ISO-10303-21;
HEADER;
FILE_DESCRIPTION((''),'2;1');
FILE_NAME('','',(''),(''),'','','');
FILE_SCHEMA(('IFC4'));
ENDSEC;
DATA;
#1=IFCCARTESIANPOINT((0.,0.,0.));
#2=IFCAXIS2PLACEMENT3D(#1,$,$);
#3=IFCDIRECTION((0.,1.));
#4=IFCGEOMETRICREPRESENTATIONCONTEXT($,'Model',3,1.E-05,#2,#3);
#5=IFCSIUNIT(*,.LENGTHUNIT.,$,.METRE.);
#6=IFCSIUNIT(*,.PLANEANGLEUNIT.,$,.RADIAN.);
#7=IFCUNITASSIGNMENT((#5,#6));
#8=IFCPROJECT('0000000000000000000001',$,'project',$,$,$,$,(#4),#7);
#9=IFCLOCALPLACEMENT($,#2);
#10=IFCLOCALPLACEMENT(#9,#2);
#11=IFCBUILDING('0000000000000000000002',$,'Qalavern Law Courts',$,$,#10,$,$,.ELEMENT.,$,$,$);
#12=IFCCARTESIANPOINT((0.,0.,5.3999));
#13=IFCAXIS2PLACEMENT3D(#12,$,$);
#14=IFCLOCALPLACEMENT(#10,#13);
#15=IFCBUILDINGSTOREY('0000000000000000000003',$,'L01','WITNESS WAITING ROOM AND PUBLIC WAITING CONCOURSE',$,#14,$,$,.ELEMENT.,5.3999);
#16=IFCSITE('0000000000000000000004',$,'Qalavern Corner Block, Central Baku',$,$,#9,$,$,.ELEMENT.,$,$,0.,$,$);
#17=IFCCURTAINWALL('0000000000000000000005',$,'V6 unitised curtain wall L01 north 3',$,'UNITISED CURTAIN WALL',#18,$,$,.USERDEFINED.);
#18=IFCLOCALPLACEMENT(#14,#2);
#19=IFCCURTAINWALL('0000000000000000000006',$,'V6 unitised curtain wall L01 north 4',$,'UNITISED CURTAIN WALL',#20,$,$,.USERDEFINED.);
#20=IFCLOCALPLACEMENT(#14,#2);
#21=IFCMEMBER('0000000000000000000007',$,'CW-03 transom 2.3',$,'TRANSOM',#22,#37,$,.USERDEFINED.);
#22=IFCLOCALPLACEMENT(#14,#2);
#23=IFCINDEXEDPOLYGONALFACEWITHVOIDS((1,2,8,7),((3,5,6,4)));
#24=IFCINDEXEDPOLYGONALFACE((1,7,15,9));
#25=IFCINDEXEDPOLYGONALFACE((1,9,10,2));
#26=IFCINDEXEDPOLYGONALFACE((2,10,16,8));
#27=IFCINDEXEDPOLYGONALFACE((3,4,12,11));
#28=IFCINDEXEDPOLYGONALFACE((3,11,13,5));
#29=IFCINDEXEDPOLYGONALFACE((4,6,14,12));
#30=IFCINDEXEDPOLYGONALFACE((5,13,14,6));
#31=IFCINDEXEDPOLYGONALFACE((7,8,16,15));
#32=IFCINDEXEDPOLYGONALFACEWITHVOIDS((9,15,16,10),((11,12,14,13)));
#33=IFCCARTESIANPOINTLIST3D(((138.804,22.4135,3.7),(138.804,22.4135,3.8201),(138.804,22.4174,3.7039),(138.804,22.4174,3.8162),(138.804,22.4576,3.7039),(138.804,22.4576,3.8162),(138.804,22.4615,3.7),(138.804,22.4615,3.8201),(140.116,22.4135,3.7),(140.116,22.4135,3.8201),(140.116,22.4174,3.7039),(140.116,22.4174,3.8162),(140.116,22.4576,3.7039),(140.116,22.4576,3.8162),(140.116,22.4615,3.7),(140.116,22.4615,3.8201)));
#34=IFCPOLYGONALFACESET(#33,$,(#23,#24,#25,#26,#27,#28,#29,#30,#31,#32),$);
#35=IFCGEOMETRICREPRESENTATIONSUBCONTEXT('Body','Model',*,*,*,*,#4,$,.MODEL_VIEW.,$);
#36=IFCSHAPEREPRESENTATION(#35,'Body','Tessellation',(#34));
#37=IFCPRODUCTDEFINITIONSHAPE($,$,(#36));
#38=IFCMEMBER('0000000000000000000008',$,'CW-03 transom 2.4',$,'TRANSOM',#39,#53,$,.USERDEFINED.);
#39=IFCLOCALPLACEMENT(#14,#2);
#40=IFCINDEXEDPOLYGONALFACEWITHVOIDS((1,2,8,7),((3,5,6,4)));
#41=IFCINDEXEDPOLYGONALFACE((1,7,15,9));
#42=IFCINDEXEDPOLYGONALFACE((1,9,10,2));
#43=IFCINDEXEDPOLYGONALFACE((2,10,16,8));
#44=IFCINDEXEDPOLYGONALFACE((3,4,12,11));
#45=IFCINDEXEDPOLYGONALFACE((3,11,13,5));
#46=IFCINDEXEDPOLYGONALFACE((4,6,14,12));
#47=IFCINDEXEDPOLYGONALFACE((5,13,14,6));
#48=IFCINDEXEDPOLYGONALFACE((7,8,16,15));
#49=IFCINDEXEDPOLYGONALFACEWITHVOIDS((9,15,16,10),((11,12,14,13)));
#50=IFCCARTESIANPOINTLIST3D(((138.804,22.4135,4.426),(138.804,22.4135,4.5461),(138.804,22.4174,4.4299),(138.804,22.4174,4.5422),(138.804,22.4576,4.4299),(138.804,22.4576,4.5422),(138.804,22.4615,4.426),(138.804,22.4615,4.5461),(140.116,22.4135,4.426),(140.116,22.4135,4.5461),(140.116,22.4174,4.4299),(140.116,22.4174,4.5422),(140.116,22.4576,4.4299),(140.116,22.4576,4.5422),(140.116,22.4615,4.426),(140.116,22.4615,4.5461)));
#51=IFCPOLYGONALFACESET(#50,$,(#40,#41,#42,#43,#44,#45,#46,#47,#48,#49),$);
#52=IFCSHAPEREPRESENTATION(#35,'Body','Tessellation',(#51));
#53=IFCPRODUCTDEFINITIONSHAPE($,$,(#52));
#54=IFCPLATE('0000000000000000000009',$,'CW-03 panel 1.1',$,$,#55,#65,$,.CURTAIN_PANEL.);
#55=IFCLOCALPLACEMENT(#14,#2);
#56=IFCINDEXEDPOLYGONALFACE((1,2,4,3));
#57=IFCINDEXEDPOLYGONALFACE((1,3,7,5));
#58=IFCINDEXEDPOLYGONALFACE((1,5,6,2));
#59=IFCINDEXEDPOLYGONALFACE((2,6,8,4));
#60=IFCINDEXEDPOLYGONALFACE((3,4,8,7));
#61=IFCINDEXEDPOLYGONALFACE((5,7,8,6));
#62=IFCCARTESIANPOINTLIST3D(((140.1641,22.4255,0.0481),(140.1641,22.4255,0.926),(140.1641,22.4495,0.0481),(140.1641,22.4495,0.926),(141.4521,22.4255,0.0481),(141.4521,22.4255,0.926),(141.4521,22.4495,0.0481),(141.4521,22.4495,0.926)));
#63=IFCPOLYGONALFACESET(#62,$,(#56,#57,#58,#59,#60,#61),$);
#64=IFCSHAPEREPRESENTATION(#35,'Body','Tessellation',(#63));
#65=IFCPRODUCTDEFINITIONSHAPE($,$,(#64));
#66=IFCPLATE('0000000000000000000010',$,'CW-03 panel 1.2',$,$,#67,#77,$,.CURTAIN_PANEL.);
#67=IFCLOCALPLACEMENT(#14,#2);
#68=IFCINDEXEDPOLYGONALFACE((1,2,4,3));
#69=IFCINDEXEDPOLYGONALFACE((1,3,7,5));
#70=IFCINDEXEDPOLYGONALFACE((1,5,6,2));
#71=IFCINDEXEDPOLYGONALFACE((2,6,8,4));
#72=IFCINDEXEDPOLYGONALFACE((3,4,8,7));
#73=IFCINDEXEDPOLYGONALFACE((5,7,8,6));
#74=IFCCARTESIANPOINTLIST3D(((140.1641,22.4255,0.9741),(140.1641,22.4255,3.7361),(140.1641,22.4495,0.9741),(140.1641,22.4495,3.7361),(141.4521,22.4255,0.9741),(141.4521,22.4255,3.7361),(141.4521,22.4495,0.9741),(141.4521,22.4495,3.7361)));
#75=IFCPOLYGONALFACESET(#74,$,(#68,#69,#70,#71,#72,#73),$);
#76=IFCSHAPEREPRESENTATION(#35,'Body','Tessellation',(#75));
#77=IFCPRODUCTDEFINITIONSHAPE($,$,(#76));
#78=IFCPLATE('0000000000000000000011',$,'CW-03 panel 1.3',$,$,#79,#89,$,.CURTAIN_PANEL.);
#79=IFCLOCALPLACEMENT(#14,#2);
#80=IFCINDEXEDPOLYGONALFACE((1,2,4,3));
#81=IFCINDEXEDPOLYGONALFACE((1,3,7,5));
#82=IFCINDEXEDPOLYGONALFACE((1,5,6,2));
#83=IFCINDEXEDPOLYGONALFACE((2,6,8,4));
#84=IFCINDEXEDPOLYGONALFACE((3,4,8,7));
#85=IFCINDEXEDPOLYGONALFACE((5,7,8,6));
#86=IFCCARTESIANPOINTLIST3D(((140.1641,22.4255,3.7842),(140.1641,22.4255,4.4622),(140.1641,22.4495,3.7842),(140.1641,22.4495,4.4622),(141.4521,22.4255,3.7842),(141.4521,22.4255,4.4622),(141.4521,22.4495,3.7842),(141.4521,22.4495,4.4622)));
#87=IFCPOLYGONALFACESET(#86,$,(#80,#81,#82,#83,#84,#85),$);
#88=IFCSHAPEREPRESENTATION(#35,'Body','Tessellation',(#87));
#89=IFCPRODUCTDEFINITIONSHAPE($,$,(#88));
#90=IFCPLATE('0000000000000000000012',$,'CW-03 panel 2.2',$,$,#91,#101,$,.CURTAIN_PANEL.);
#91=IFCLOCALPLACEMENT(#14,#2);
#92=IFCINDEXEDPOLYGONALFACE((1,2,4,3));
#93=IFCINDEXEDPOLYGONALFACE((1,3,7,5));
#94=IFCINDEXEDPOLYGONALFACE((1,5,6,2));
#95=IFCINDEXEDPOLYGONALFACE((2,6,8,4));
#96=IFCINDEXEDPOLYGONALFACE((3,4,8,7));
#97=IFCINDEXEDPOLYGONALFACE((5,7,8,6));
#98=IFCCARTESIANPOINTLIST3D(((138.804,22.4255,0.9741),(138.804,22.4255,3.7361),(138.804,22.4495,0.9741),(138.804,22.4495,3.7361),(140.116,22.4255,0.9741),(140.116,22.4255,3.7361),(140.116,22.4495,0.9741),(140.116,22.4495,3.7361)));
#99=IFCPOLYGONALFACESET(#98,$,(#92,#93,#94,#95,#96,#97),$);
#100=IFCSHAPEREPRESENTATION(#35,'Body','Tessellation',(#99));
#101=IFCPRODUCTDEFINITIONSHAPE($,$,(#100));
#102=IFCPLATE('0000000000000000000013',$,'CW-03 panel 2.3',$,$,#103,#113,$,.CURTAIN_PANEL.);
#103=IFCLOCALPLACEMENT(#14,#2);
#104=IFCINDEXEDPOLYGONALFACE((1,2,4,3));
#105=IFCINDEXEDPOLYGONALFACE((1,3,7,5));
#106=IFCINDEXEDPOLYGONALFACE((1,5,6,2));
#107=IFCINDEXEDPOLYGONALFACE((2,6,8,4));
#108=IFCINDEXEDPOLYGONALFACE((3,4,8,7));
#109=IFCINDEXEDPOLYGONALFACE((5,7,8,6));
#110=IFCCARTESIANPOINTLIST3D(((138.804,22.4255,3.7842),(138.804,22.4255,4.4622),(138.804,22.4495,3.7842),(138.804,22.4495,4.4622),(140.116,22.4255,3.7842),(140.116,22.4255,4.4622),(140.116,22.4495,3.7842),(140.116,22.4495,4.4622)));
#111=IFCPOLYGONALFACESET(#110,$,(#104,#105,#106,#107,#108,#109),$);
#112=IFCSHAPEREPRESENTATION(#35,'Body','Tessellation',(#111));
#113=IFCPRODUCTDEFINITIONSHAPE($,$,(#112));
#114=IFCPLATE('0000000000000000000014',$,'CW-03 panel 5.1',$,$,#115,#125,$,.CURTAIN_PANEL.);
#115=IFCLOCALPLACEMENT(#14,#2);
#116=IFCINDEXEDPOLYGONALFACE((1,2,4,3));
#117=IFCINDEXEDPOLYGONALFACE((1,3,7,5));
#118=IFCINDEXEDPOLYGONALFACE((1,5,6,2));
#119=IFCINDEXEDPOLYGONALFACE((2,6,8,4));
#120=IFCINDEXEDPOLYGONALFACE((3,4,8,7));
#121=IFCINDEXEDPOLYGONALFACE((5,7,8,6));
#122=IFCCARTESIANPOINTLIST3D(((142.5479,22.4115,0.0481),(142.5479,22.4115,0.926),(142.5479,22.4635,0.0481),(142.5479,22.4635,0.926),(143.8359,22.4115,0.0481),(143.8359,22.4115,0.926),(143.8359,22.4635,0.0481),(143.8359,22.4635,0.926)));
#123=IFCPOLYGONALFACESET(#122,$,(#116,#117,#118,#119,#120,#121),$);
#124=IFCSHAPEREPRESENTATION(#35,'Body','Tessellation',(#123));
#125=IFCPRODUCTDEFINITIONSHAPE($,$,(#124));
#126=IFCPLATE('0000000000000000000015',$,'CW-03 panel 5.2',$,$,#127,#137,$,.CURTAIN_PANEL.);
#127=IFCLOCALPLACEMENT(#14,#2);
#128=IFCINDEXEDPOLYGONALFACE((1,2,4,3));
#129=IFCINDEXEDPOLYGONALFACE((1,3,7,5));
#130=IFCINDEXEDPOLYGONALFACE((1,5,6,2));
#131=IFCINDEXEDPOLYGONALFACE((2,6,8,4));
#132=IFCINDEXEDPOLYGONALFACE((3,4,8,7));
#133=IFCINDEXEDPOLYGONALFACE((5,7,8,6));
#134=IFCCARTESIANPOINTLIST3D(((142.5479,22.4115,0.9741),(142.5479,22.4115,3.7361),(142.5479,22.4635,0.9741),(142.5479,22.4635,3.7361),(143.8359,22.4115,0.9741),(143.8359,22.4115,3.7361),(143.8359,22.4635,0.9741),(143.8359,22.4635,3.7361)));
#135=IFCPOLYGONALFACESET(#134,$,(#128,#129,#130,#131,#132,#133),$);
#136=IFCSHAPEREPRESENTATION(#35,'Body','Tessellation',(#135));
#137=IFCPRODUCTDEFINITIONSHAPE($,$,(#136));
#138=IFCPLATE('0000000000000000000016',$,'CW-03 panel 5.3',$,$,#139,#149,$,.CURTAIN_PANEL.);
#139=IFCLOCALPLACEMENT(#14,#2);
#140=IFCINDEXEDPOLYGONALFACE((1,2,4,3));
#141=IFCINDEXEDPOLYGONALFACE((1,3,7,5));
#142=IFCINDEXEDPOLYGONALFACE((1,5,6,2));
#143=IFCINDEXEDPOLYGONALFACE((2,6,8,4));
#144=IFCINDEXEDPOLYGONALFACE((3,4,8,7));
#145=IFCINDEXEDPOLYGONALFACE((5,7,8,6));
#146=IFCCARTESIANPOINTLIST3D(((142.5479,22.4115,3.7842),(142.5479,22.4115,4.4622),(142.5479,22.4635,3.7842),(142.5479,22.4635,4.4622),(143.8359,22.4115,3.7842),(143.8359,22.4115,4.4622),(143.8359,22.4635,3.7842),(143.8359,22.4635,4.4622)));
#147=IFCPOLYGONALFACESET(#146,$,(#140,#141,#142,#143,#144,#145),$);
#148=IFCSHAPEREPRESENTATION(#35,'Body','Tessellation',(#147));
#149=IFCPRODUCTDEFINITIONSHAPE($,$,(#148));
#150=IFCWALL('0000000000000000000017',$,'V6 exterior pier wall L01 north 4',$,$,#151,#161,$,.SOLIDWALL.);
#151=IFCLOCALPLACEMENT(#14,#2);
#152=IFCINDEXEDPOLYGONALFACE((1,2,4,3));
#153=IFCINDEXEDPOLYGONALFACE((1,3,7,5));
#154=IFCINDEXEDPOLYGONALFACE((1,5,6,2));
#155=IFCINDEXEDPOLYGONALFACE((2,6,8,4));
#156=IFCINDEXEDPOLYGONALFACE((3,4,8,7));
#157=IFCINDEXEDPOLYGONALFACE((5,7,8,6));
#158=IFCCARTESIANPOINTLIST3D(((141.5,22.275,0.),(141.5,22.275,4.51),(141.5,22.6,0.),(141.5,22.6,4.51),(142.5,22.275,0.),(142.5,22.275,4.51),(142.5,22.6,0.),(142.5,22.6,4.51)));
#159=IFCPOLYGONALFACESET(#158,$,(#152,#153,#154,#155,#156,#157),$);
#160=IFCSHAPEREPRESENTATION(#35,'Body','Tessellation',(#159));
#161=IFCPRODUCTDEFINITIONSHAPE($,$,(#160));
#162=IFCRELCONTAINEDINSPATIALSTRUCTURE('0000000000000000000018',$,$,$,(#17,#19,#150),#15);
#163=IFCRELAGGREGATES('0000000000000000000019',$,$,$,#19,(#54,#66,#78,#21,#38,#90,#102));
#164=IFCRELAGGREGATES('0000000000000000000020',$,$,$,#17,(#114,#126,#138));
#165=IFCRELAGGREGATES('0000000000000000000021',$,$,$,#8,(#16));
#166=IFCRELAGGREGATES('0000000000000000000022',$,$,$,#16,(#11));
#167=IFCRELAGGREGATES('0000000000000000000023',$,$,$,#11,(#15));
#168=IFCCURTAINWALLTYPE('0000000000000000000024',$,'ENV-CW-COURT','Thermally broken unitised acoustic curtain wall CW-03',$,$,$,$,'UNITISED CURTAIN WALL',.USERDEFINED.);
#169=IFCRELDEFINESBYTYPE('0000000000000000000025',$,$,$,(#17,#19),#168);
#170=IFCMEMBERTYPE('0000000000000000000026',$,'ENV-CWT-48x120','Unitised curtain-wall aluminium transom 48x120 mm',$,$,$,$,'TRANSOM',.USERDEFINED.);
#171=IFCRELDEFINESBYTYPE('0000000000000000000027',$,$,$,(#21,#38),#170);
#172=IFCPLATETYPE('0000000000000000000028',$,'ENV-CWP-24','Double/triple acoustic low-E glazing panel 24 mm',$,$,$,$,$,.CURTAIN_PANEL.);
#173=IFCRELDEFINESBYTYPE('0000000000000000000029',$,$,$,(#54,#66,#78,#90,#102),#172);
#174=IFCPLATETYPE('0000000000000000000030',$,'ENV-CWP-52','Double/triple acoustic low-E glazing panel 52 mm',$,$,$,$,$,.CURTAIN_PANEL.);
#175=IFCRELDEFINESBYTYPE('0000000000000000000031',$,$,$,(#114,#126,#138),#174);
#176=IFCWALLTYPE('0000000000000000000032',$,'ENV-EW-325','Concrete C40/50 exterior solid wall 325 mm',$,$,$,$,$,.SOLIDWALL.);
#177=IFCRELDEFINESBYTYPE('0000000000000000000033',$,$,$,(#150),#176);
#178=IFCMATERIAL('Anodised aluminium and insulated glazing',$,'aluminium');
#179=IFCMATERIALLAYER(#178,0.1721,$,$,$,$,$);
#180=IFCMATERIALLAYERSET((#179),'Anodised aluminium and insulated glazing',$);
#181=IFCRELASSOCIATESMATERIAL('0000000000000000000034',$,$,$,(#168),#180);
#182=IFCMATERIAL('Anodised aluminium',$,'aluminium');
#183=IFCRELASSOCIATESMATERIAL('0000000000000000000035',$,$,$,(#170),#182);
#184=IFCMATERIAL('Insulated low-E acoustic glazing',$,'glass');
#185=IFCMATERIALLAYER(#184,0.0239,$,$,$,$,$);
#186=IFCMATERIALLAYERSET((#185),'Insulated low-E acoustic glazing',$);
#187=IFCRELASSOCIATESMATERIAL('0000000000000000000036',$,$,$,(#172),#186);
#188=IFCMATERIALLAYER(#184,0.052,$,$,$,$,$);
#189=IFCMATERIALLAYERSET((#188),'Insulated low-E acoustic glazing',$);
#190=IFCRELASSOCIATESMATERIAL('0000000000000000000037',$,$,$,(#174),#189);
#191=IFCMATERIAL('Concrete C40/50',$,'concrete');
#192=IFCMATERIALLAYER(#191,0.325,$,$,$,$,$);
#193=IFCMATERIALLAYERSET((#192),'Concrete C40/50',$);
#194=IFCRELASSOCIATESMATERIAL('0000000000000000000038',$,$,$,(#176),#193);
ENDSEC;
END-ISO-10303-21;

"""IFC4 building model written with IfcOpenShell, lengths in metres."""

from ifc_helpers import new_model, si_unit, direction, frame, frame_2d, origin, origin_2d, place, context, subcontext, project, spatial, rectangle, hollow_rectangle, extrude, material, layer, layer_set, material_profile, profile_set, type_object, element, aggregate, save


model = new_model("IFC4")

# Units and contexts
model_context = context("Model", 3, precision=1e-05, world=origin(), true_north=direction((0.0, 1.0)))
body_context = subcontext(model_context, "Body", "Model", "MODEL_VIEW")
ifc_project = project(units=[si_unit("LENGTHUNIT", "METRE"), si_unit("PLANEANGLEUNIT", "RADIAN")], contexts=[model_context])

# Site, building, storey
site_placement = place(None, origin())
site = spatial("IfcSite", under=ifc_project, at=site_placement, Name="Qalavern Corner Block, Central Baku", CompositionType="ELEMENT", RefElevation=0.0)
building_placement = place(site_placement, origin())
building = spatial("IfcBuilding", under=site, at=building_placement, Name="Qalavern Law Courts", CompositionType="ELEMENT")
storey_placement = place(building_placement, frame((0.0, 0.0, 5.3999)))
storey = spatial("IfcBuildingStorey", under=building, at=storey_placement, Name="L01", Description="WITNESS WAITING ROOM AND PUBLIC WAITING CONCOURSE", CompositionType="ELEMENT", Elevation=5.3999)

# Curtain wall
ifc_material_1 = material(Name="Anodised aluminium and insulated glazing", Category="aluminium")
ifc_layer_1 = layer(ifc_material_1, 0.1721)
ifc_layer_set_1 = layer_set([ifc_layer_1], Name="Anodised aluminium and insulated glazing")
curtain_wall_type = type_object("IfcCurtainWallType", Name="ENV-CW-COURT", Description="Thermally broken unitised acoustic curtain wall CW-03", ElementType="UNITISED CURTAIN WALL", PredefinedType="USERDEFINED", material=ifc_layer_set_1)
curtain_wall_1_placement = place(storey_placement, origin())
curtain_wall_1 = element("IfcCurtainWall", 1, at=curtain_wall_1_placement, inside=storey, type_object=curtain_wall_type, Name="V6 unitised curtain wall L01 north 3", ObjectType="UNITISED CURTAIN WALL", PredefinedType="USERDEFINED")
ifc_material_2 = material(Name="Anodised aluminium", Category="aluminium")

# Curtain wall
curtain_wall_2_placement = place(storey_placement, origin())
curtain_wall_2 = element("IfcCurtainWall", 2, at=curtain_wall_2_placement, inside=storey, type_object=curtain_wall_type, Name="V6 unitised curtain wall L01 north 4", ObjectType="UNITISED CURTAIN WALL", PredefinedType="USERDEFINED")

# Members
ifc_material_profile_1 = material_profile(ifc_material_2, hollow_rectangle(XDim=0.0481, YDim=0.1201, WallThickness=0.0039, at=origin_2d()), Name="ALU TRANSOM 48x120")
ifc_profile_set_1 = profile_set([ifc_material_profile_1], Name="Anodised aluminium")
member_type_1 = type_object("IfcMemberType", Name="ENV-CWT-48x120", Description="Unitised curtain-wall aluminium transom 48x120 mm", ElementType="TRANSOM", PredefinedType="USERDEFINED", material=ifc_profile_set_1)
member_1_placement = place(storey_placement, frame((140.116, 22.4375, 3.76), z_axis=(-1.0, 0.0, 0.0), x_axis=(0.0, -1.0, 0.0)))
member_1 = element("IfcMember", 3, at=member_1_placement, type_object=member_type_1, Name="CW-03 transom 2.3", ObjectType="TRANSOM", PredefinedType="USERDEFINED", context=body_context, shape_type="SweptSolid", body=[
    extrude(hollow_rectangle(XDim=0.0481, YDim=0.1201, WallThickness=0.0039, at=origin_2d()), origin(), (0.0, 0.0, 1.0), 1.312),
])
member_2_placement = place(storey_placement, frame((140.116, 22.4375, 4.4861), z_axis=(-1.0, 0.0, 0.0), x_axis=(0.0, -1.0, 0.0)))
member_2 = element("IfcMember", 4, at=member_2_placement, type_object=member_type_1, Name="CW-03 transom 2.4", ObjectType="TRANSOM", PredefinedType="USERDEFINED", context=body_context, shape_type="SweptSolid", body=[
    extrude(hollow_rectangle(XDim=0.0481, YDim=0.1201, WallThickness=0.0039, at=origin_2d()), origin(), (0.0, 0.0, 1.0), 1.312),
])

# Plates
ifc_material_3 = material(Name="Insulated low-E acoustic glazing", Category="glass")
ifc_layer_2 = layer(ifc_material_3, 0.0239)
ifc_layer_set_2 = layer_set([ifc_layer_2], Name="Insulated low-E acoustic glazing")
plate_type_1 = type_object("IfcPlateType", Name="ENV-CWP-24", Description="Double/triple acoustic low-E glazing panel 24 mm", PredefinedType="CURTAIN_PANEL", material=ifc_layer_set_2)
plate_1_placement = place(storey_placement, frame((140.8081, 22.4375, 0.0481), z_axis=(0.0, 0.0, 1.0), x_axis=(-1.0, 0.0, 0.0)))
plate_1 = element("IfcPlate", 5, at=plate_1_placement, type_object=plate_type_1, Name="CW-03 panel 1.1", PredefinedType="CURTAIN_PANEL", context=body_context, shape_type="SweptSolid", body=[
    extrude(rectangle(XDim=1.2881, YDim=0.0239, at=origin_2d()), origin(), (0.0, 0.0, 1.0), 0.8779),
])
plate_2_placement = place(storey_placement, frame((140.8081, 22.4375, 0.9741), z_axis=(0.0, 0.0, 1.0), x_axis=(-1.0, 0.0, 0.0)))
plate_2 = element("IfcPlate", 6, at=plate_2_placement, type_object=plate_type_1, Name="CW-03 panel 1.2", PredefinedType="CURTAIN_PANEL", context=body_context, shape_type="SweptSolid", body=[
    extrude(rectangle(XDim=1.2881, YDim=0.0239, at=origin_2d()), origin(), (0.0, 0.0, 1.0), 2.762),
])
plate_3_placement = place(storey_placement, frame((140.8081, 22.4375, 3.7842), z_axis=(0.0, 0.0, 1.0), x_axis=(-1.0, 0.0, 0.0)))
plate_3 = element("IfcPlate", 7, at=plate_3_placement, type_object=plate_type_1, Name="CW-03 panel 1.3", PredefinedType="CURTAIN_PANEL", context=body_context, shape_type="SweptSolid", body=[
    extrude(rectangle(XDim=1.2881, YDim=0.0239, at=origin_2d()), origin(), (0.0, 0.0, 1.0), 0.678),
])
plate_4_placement = place(storey_placement, frame((139.46, 22.4375, 0.9741), z_axis=(0.0, 0.0, 1.0), x_axis=(-1.0, 0.0, 0.0)))
plate_4 = element("IfcPlate", 8, at=plate_4_placement, type_object=plate_type_1, Name="CW-03 panel 2.2", PredefinedType="CURTAIN_PANEL", context=body_context, shape_type="SweptSolid", body=[
    extrude(rectangle(XDim=1.312, YDim=0.0239, at=origin_2d()), origin(), (0.0, 0.0, 1.0), 2.762),
])
plate_5_placement = place(storey_placement, frame((139.46, 22.4375, 3.7842), z_axis=(0.0, 0.0, 1.0), x_axis=(-1.0, 0.0, 0.0)))
plate_5 = element("IfcPlate", 9, at=plate_5_placement, type_object=plate_type_1, Name="CW-03 panel 2.3", PredefinedType="CURTAIN_PANEL", context=body_context, shape_type="SweptSolid", body=[
    extrude(rectangle(XDim=1.312, YDim=0.0239, at=origin_2d()), origin(), (0.0, 0.0, 1.0), 0.678),
])
aggregate(curtain_wall_2, [plate_1, plate_2, plate_3, member_1, member_2, plate_4, plate_5])
ifc_layer_3 = layer(ifc_material_3, 0.052)
ifc_layer_set_3 = layer_set([ifc_layer_3], Name="Insulated low-E acoustic glazing")
plate_type_2 = type_object("IfcPlateType", Name="ENV-CWP-52", Description="Double/triple acoustic low-E glazing panel 52 mm", PredefinedType="CURTAIN_PANEL", material=ifc_layer_set_3)
plate_6_placement = place(storey_placement, frame((143.1919, 22.4375, 0.0481), z_axis=(0.0, 0.0, 1.0), x_axis=(-1.0, 0.0, 0.0)))
plate_6 = element("IfcPlate", 10, at=plate_6_placement, type_object=plate_type_2, Name="CW-03 panel 5.1", PredefinedType="CURTAIN_PANEL", context=body_context, shape_type="SweptSolid", body=[
    extrude(rectangle(XDim=1.2881, YDim=0.052, at=origin_2d()), origin(), (0.0, 0.0, 1.0), 0.8779),
])
plate_7_placement = place(storey_placement, frame((143.1919, 22.4375, 0.9741), z_axis=(0.0, 0.0, 1.0), x_axis=(-1.0, 0.0, 0.0)))
plate_7 = element("IfcPlate", 11, at=plate_7_placement, type_object=plate_type_2, Name="CW-03 panel 5.2", PredefinedType="CURTAIN_PANEL", context=body_context, shape_type="SweptSolid", body=[
    extrude(rectangle(XDim=1.2881, YDim=0.052, at=origin_2d()), origin(), (0.0, 0.0, 1.0), 2.762),
])
plate_8_placement = place(storey_placement, frame((143.1919, 22.4375, 3.7842), z_axis=(0.0, 0.0, 1.0), x_axis=(-1.0, 0.0, 0.0)))
plate_8 = element("IfcPlate", 12, at=plate_8_placement, type_object=plate_type_2, Name="CW-03 panel 5.3", PredefinedType="CURTAIN_PANEL", context=body_context, shape_type="SweptSolid", body=[
    extrude(rectangle(XDim=1.2881, YDim=0.052, at=origin_2d()), origin(), (0.0, 0.0, 1.0), 0.678),
])
aggregate(curtain_wall_1, [plate_6, plate_7, plate_8])

# Wall
ifc_material_4 = material(Name="Concrete C40/50", Category="concrete")
ifc_layer_4 = layer(ifc_material_4, 0.325)
ifc_layer_set_4 = layer_set([ifc_layer_4], Name="Concrete C40/50")
wall_type = type_object("IfcWallType", Name="ENV-EW-325", Description="Concrete C40/50 exterior solid wall 325 mm", PredefinedType="SOLIDWALL", material=ifc_layer_set_4)
wall_placement = place(storey_placement, frame((142.5, 22.4375, 0.0), z_axis=(0.0, 0.0, 1.0), x_axis=(-1.0, 0.0, 0.0)))
element("IfcWall", 13, at=wall_placement, inside=storey, type_object=wall_type, Name="V6 exterior pier wall L01 north 4", PredefinedType="SOLIDWALL", context=body_context, shape_type="SweptSolid", body=[
    extrude(rectangle(XDim=1.0, YDim=0.325, at=frame_2d((0.5, 0.0))), origin(), (0.0, 0.0, 1.0), 4.51),
])

save(model, "model.ifc")
